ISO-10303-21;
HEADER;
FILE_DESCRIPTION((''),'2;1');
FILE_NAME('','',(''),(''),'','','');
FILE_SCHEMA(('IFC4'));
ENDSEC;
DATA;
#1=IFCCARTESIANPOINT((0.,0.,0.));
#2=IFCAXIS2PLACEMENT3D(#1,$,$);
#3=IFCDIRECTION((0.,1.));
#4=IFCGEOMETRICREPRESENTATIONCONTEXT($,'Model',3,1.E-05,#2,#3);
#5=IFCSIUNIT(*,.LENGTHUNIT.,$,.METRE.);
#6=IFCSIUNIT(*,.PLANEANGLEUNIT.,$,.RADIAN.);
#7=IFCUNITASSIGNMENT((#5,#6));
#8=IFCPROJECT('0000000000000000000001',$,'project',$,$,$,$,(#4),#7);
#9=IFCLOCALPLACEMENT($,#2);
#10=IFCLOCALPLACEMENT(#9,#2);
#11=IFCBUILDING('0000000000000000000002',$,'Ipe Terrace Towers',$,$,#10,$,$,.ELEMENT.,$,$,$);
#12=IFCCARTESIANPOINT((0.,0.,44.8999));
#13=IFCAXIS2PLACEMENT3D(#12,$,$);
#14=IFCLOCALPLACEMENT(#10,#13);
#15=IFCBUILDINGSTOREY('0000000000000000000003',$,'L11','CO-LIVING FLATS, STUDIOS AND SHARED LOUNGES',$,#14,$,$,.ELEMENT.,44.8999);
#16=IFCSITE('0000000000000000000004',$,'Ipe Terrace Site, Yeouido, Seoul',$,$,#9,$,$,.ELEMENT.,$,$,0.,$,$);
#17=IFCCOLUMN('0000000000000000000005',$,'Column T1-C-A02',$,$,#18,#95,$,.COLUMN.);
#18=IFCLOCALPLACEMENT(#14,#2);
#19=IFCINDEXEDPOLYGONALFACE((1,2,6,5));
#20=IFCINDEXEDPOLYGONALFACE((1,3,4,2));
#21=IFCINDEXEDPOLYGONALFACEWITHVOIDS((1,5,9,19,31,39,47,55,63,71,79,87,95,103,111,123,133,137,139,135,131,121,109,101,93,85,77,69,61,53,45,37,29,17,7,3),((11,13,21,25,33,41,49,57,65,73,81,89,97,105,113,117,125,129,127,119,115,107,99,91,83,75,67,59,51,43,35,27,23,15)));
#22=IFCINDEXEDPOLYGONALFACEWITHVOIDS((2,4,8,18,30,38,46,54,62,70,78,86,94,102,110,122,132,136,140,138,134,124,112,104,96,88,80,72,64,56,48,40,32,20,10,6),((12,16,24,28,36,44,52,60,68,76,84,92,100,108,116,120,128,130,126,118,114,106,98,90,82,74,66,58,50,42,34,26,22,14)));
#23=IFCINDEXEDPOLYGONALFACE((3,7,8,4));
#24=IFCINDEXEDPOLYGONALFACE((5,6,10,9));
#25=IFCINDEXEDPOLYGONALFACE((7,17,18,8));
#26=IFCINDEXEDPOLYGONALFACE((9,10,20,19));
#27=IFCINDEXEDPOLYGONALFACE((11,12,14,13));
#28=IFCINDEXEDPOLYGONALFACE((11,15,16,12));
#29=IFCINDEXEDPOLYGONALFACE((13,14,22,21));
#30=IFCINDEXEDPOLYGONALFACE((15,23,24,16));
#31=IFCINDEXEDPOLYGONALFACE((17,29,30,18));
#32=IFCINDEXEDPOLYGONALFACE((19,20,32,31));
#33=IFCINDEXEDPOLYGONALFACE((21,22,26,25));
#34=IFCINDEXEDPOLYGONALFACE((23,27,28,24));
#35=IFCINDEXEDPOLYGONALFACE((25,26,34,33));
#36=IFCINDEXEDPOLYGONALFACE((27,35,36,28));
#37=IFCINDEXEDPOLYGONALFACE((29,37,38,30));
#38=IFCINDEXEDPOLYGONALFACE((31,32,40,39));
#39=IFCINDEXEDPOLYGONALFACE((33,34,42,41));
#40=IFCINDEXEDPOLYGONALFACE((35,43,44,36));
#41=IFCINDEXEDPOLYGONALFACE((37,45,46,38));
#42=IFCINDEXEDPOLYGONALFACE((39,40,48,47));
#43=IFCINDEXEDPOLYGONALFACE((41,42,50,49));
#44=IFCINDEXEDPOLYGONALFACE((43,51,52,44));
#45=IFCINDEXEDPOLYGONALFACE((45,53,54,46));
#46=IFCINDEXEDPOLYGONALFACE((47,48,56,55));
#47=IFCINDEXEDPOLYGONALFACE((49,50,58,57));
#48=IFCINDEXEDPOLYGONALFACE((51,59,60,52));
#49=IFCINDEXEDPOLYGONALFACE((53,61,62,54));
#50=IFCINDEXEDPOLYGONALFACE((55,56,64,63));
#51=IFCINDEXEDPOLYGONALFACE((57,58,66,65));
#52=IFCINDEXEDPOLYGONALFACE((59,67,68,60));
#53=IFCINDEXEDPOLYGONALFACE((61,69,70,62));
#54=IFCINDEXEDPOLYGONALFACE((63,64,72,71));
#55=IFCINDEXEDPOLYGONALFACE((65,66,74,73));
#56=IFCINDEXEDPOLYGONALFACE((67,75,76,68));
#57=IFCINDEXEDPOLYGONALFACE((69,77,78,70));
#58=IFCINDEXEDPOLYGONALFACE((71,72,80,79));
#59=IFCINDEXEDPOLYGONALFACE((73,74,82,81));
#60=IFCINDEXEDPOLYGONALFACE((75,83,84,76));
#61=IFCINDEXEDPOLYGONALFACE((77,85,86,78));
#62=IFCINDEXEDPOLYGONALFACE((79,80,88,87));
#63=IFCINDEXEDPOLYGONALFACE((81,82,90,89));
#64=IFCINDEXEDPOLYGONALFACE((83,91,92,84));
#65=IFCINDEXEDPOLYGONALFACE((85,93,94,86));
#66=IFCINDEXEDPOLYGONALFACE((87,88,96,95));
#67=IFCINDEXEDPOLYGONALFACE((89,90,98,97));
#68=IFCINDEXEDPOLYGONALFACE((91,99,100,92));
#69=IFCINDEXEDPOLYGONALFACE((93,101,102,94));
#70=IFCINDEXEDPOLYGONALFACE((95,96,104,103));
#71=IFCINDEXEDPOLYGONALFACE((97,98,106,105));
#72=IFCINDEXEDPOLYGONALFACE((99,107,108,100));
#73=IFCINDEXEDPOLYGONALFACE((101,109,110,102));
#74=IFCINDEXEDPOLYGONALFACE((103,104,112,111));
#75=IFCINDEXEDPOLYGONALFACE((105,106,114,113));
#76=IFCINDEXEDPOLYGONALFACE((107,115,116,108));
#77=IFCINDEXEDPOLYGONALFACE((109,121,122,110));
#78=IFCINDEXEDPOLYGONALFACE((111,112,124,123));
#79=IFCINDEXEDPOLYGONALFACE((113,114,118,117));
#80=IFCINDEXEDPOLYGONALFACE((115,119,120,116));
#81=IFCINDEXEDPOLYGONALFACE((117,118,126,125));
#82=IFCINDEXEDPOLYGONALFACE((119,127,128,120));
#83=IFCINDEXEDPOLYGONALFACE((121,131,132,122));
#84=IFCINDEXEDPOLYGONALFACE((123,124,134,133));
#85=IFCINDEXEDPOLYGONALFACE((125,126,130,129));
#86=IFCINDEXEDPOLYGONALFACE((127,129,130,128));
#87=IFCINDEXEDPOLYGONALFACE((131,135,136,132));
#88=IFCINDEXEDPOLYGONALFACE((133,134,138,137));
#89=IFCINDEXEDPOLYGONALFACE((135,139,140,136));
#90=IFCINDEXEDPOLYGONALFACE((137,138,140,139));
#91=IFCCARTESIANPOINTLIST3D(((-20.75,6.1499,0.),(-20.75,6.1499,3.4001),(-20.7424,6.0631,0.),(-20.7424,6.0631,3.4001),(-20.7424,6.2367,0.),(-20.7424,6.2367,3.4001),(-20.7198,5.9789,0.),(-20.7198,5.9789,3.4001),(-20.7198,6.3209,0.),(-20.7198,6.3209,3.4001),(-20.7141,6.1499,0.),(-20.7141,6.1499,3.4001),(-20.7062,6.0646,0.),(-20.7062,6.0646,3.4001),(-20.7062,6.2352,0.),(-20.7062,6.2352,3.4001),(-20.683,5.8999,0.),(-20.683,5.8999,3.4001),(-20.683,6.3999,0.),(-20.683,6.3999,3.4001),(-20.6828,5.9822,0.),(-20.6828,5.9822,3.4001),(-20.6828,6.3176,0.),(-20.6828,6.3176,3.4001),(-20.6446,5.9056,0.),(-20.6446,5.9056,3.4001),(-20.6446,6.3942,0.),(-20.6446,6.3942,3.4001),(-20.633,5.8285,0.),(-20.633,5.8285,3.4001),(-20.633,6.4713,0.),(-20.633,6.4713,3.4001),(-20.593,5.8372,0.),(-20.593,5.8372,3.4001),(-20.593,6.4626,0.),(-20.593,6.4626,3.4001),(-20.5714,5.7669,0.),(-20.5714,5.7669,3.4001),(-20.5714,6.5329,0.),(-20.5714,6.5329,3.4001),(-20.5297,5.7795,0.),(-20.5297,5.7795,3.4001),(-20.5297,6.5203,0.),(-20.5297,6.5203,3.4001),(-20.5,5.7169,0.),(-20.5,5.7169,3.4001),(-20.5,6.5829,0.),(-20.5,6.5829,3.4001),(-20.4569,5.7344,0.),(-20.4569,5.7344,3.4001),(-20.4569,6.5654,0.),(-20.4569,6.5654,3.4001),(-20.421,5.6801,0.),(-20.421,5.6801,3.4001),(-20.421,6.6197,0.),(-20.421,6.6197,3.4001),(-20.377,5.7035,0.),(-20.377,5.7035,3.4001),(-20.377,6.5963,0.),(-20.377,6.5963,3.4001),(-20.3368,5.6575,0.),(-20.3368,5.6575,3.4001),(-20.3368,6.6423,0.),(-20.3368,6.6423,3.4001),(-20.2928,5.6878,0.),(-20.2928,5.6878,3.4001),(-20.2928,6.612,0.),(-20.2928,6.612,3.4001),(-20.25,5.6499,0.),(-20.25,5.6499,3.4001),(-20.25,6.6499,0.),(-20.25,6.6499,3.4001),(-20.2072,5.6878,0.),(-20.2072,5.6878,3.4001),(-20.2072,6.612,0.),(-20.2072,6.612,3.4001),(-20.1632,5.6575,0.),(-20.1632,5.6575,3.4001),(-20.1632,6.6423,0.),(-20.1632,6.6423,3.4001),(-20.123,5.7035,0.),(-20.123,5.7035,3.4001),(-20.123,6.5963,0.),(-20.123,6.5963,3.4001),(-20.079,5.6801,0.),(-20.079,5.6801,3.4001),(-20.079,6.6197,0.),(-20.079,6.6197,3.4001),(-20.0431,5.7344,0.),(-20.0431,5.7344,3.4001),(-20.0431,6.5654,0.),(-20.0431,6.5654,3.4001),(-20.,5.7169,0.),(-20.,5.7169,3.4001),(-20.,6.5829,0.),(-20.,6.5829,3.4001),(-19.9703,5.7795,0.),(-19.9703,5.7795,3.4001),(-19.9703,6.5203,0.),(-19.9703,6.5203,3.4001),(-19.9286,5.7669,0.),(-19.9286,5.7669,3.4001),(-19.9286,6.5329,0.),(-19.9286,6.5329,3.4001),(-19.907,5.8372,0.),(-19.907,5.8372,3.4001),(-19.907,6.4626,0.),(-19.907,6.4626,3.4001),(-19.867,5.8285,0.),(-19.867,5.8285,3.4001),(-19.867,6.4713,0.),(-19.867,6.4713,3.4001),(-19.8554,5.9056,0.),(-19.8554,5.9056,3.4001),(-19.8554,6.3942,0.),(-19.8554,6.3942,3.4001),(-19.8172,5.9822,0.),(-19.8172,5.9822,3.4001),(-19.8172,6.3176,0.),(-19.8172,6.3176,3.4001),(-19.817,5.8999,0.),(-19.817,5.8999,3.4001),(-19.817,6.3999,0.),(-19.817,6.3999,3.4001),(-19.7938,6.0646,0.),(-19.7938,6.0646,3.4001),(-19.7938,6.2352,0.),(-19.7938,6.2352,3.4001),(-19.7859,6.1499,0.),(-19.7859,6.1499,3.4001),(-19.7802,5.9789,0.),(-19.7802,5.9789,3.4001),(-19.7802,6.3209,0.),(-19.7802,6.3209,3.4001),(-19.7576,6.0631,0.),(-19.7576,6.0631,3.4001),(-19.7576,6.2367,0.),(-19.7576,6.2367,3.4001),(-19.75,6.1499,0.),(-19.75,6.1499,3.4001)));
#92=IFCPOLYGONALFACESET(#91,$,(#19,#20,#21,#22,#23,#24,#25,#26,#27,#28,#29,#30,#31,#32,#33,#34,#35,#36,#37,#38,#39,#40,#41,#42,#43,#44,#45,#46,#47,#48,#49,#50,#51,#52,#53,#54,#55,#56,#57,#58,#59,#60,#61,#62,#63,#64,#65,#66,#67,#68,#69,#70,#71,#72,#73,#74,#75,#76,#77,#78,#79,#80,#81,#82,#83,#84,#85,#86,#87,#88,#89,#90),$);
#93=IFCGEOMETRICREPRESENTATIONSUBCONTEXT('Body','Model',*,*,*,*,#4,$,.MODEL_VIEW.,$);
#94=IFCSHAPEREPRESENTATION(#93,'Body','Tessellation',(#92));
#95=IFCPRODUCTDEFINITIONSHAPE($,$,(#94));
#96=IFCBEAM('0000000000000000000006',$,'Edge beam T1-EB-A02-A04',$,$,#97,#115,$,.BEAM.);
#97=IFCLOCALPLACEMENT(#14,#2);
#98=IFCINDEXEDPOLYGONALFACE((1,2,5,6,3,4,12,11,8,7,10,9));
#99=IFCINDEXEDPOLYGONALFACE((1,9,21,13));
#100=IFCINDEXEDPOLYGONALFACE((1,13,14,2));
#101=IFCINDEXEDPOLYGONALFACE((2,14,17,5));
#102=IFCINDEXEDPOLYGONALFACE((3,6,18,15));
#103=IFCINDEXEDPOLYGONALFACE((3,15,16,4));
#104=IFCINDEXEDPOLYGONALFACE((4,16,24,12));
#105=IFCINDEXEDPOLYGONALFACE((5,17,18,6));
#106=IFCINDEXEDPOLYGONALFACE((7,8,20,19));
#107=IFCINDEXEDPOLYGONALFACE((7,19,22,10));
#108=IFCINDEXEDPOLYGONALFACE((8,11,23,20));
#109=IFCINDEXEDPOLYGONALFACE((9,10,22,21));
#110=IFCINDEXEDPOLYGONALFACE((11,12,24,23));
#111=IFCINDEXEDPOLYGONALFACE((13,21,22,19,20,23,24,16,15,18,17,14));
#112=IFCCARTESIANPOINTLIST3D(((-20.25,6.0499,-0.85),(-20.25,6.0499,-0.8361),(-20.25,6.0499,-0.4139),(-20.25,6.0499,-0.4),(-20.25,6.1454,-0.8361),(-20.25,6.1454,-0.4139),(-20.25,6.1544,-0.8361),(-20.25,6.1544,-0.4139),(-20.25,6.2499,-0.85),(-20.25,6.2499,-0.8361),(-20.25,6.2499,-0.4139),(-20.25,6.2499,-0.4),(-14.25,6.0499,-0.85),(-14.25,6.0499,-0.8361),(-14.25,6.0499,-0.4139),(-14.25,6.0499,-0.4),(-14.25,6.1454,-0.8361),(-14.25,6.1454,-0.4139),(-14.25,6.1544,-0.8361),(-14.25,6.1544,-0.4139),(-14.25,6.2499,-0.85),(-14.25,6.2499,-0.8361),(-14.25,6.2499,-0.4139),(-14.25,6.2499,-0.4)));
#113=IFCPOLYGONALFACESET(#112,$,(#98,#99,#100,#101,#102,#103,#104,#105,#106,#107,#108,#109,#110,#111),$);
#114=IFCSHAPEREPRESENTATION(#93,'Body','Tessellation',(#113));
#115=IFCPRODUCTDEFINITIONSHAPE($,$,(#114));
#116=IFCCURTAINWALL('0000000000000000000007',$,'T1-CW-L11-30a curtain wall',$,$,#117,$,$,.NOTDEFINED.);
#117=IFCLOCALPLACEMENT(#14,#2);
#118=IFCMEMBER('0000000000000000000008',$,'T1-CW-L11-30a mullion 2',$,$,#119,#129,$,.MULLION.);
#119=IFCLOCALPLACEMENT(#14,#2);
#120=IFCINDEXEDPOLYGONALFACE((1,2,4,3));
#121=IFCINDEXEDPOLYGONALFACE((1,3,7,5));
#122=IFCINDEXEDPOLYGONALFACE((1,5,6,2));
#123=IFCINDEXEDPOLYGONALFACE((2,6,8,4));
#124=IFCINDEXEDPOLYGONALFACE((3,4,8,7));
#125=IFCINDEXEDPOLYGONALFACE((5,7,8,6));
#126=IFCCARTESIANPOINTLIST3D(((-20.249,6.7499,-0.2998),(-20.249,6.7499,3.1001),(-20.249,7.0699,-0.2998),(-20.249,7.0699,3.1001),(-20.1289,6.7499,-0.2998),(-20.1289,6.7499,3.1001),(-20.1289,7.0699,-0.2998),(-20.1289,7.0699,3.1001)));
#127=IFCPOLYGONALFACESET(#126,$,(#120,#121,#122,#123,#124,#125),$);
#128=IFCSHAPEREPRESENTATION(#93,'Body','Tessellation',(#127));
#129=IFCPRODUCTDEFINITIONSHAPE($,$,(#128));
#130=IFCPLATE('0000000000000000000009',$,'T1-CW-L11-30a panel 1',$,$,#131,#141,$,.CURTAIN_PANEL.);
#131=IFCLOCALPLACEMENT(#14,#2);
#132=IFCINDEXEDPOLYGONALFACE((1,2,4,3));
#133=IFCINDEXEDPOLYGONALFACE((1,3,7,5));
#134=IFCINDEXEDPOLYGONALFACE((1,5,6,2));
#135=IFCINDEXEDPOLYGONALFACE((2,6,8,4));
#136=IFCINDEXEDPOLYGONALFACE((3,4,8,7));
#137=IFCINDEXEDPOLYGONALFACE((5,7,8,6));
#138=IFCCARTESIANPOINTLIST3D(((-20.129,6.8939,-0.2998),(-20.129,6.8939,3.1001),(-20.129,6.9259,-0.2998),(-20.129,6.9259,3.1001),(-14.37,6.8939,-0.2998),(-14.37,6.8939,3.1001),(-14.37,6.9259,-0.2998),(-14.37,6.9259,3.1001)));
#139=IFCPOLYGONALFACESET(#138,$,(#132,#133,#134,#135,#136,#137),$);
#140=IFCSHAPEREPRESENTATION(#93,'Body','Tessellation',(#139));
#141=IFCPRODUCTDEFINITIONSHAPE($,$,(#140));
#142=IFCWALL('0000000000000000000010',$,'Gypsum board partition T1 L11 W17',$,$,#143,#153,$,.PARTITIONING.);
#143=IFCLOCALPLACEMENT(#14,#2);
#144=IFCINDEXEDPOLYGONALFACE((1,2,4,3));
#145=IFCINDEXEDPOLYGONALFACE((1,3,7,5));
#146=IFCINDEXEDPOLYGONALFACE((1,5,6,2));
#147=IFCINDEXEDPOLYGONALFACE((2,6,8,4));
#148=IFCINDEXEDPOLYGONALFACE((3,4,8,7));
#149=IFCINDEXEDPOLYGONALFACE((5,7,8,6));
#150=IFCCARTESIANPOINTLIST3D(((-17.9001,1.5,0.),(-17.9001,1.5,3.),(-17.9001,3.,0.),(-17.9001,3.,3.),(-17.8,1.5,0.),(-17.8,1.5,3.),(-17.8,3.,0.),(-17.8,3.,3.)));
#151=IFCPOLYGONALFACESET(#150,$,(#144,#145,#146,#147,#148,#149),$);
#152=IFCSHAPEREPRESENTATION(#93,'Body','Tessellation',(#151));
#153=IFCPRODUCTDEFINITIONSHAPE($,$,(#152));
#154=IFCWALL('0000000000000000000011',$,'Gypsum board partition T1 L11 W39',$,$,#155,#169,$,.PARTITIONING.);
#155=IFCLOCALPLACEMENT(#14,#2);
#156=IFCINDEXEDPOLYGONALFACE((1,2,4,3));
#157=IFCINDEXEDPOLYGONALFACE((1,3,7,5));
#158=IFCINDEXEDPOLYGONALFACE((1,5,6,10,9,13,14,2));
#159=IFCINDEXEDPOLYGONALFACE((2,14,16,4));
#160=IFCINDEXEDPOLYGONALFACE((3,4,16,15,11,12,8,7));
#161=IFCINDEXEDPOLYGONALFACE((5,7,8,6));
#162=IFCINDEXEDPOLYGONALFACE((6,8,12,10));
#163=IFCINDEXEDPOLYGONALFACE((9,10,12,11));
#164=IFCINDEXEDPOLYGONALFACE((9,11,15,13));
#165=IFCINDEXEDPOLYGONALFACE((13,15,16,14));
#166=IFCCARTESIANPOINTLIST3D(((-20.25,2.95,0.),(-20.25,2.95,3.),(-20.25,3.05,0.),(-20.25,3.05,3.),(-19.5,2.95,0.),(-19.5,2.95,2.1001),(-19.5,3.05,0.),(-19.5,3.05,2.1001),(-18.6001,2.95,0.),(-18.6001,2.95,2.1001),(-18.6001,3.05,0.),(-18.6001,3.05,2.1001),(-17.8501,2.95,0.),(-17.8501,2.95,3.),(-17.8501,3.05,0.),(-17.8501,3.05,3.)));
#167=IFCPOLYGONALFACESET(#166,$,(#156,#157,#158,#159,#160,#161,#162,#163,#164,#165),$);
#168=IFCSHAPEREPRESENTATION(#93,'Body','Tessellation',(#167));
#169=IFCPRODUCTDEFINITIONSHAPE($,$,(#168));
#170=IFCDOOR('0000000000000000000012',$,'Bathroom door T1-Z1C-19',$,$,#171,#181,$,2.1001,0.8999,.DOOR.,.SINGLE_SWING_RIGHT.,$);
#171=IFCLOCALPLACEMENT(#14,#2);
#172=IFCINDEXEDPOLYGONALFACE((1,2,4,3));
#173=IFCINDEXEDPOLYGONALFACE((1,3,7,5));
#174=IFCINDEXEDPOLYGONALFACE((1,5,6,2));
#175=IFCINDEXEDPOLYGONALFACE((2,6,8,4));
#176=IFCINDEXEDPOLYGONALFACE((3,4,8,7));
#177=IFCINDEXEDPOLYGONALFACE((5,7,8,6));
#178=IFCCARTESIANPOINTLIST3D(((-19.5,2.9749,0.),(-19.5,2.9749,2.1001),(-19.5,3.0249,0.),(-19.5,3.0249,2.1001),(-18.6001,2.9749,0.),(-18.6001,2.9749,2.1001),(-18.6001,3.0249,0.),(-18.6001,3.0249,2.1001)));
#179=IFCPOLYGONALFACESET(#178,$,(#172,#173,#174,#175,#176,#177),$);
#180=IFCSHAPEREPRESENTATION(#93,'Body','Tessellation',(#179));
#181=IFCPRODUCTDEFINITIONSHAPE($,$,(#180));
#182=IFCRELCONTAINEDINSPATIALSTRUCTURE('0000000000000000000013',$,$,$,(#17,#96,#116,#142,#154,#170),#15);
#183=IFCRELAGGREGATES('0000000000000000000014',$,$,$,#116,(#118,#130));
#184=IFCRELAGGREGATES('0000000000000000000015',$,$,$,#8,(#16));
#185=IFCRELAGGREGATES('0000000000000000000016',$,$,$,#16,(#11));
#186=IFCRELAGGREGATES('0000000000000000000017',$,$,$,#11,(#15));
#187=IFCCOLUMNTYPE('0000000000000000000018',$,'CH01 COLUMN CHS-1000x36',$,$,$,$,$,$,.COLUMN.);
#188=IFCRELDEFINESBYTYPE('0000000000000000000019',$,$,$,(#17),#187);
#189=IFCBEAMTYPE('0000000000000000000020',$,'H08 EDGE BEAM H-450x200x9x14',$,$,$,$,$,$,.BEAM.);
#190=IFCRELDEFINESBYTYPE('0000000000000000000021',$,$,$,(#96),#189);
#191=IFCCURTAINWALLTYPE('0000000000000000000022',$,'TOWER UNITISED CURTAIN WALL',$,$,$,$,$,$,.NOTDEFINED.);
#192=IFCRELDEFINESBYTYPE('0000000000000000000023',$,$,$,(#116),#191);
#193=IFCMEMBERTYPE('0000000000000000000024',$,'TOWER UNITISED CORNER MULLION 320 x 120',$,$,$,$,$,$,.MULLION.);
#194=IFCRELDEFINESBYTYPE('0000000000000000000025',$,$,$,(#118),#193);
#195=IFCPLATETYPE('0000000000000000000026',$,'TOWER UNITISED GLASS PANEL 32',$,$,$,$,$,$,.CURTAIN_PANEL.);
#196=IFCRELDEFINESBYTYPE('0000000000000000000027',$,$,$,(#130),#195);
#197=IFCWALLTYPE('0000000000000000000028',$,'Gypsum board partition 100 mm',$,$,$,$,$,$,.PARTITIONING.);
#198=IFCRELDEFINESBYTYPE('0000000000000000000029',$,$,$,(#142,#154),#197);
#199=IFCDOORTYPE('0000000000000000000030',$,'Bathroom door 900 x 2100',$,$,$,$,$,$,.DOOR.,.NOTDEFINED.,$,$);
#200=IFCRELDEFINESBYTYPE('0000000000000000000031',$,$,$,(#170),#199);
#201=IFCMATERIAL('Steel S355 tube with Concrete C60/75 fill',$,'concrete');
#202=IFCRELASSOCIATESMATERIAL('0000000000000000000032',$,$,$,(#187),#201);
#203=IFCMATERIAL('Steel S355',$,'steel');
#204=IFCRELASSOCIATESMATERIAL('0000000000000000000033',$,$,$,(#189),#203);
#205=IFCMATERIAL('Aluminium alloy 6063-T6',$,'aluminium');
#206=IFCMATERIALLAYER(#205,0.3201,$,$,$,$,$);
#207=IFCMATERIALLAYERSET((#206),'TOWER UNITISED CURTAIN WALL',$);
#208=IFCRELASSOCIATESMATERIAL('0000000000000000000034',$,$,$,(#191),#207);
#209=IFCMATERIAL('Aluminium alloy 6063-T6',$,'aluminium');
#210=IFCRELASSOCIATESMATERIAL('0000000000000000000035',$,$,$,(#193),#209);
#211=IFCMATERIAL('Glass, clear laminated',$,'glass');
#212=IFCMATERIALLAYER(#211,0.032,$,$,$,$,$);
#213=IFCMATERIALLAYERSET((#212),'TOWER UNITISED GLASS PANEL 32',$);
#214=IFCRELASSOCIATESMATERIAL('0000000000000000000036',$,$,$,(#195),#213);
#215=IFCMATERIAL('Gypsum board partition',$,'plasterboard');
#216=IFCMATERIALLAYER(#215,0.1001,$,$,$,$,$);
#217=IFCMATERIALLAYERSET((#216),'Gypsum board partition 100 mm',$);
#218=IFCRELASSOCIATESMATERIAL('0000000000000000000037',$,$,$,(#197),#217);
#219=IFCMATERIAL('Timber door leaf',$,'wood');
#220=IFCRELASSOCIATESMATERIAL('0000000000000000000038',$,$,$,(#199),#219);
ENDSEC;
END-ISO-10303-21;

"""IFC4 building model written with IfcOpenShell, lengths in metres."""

from ifc_helpers import new_model, si_unit, direction, frame, frame_2d, origin, origin_2d, place, context, subcontext, project, spatial, rectangle, hollow_circle, i_section, extrude, material, layer, layer_set, material_profile, profile_set, type_object, element, fill, aggregate, save


model = new_model("IFC4")

# Units and contexts
model_context = context("Model", 3, precision=1e-05, world=origin(), true_north=direction((0.0, 1.0)))
body_context = subcontext(model_context, "Body", "Model", "MODEL_VIEW")
ifc_project = project(units=[si_unit("LENGTHUNIT", "METRE"), si_unit("PLANEANGLEUNIT", "RADIAN")], contexts=[model_context])

# Site, building, storey
site_placement = place(None, origin())
site = spatial("IfcSite", under=ifc_project, at=site_placement, Name="Ipe Terrace Site, Yeouido, Seoul", CompositionType="ELEMENT", RefElevation=0.0)
building_placement = place(site_placement, origin())
building = spatial("IfcBuilding", under=site, at=building_placement, Name="Ipe Terrace Towers", CompositionType="ELEMENT")
storey_placement = place(building_placement, frame((0.0, 0.0, 44.8999)))
storey = spatial("IfcBuildingStorey", under=building, at=storey_placement, Name="L11", Description="CO-LIVING FLATS, STUDIOS AND SHARED LOUNGES", CompositionType="ELEMENT", Elevation=44.8999)

# Column
ifc_material_1 = material(Name="Steel S355 tube with Concrete C60/75 fill", Category="concrete")
ifc_material_profile_1 = material_profile(ifc_material_1, hollow_circle(Radius=0.5, WallThickness=0.0359, at=origin_2d()), Name="CHS-1000x36")
ifc_profile_set_1 = profile_set([ifc_material_profile_1], Name="Steel S355 tube with Concrete C60/75 fill")
column_type = type_object("IfcColumnType", Name="CH01 COLUMN CHS-1000x36", PredefinedType="COLUMN", material=ifc_profile_set_1)
column_placement = place(storey_placement, frame((-20.25, 6.1499, 0.0), z_axis=(0.0, 0.0, 1.0), x_axis=(1.0, 0.0, 0.0)))
element("IfcColumn", 1, at=column_placement, inside=storey, type_object=column_type, Name="Column T1-C-A02", PredefinedType="COLUMN", context=body_context, shape_type="SweptSolid", body=[
    extrude(hollow_circle(Radius=0.5, WallThickness=0.0359, at=origin_2d()), origin(), (0.0, 0.0, 1.0), 3.4001),
])

# Beam
ifc_material_2 = material(Name="Steel S355", Category="steel")
ifc_material_profile_2 = material_profile(ifc_material_2, i_section(OverallWidth=0.2, OverallDepth=0.45, WebThickness=0.009, FlangeThickness=0.0139, at=origin_2d()), Name="H-450x200x9x14")
ifc_profile_set_2 = profile_set([ifc_material_profile_2], Name="Steel S355")
beam_type = type_object("IfcBeamType", Name="H08 EDGE BEAM H-450x200x9x14", PredefinedType="BEAM", material=ifc_profile_set_2)
beam_placement = place(storey_placement, frame((-20.25, 6.1499, -0.625), z_axis=(1.0, 0.0, 0.0), x_axis=(0.0, 1.0, 0.0)))
element("IfcBeam", 2, at=beam_placement, inside=storey, type_object=beam_type, Name="Edge beam T1-EB-A02-A04", PredefinedType="BEAM", context=body_context, shape_type="SweptSolid", body=[
    extrude(i_section(OverallWidth=0.2, OverallDepth=0.45, WebThickness=0.009, FlangeThickness=0.0139, at=origin_2d()), origin(), (0.0, 0.0, 1.0), 6.0),
])

# Curtain wall, member, plate
ifc_material_3 = material(Name="Aluminium alloy 6063-T6", Category="aluminium")
ifc_layer_1 = layer(ifc_material_3, 0.3201)
ifc_layer_set_1 = layer_set([ifc_layer_1], Name="TOWER UNITISED CURTAIN WALL")
curtain_wall_type = type_object("IfcCurtainWallType", Name="TOWER UNITISED CURTAIN WALL", PredefinedType="NOTDEFINED", material=ifc_layer_set_1)
curtain_wall_placement = place(storey_placement, origin())
curtain_wall = element("IfcCurtainWall", 3, at=curtain_wall_placement, inside=storey, type_object=curtain_wall_type, Name="T1-CW-L11-30a curtain wall", PredefinedType="NOTDEFINED")
ifc_material_4 = material(Name="Aluminium alloy 6063-T6", Category="aluminium")
ifc_material_profile_3 = material_profile(ifc_material_4, rectangle(XDim=0.3201, YDim=0.1201, at=origin_2d()), Name="TOWER UNITISED CORNER MULLION 320 x 120")
ifc_profile_set_3 = profile_set([ifc_material_profile_3], Name="Aluminium alloy 6063-T6")
member_type = type_object("IfcMemberType", Name="TOWER UNITISED CORNER MULLION 320 x 120", PredefinedType="MULLION", material=ifc_profile_set_3)
member_placement = place(storey_placement, frame((-20.189, 6.9099, -0.2998), z_axis=(0.0, 0.0, 1.0), x_axis=(0.0, 1.0, 0.0)))
member = element("IfcMember", 4, at=member_placement, type_object=member_type, Name="T1-CW-L11-30a mullion 2", PredefinedType="MULLION", context=body_context, shape_type="SweptSolid", body=[
    extrude(rectangle(XDim=0.3201, YDim=0.1201, at=origin_2d()), origin(), (0.0, 0.0, 1.0), 3.3999),
])
ifc_material_5 = material(Name="Glass, clear laminated", Category="glass")
ifc_layer_2 = layer(ifc_material_5, 0.032)
ifc_layer_set_2 = layer_set([ifc_layer_2], Name="TOWER UNITISED GLASS PANEL 32")
plate_type = type_object("IfcPlateType", Name="TOWER UNITISED GLASS PANEL 32", PredefinedType="CURTAIN_PANEL", material=ifc_layer_set_2)
plate_placement = place(storey_placement, frame((-17.2495, 6.9099, -0.2998), z_axis=(0.0, 0.0, 1.0), x_axis=(-1.0, 0.0, 0.0)))
plate = element("IfcPlate", 5, at=plate_placement, type_object=plate_type, Name="T1-CW-L11-30a panel 1", PredefinedType="CURTAIN_PANEL", context=body_context, shape_type="SweptSolid", body=[
    extrude(rectangle(XDim=5.759, YDim=0.032, at=origin_2d()), origin(), (0.0, 0.0, 1.0), 3.3999),
])
aggregate(curtain_wall, [member, plate])

# Wall
ifc_material_6 = material(Name="Gypsum board partition", Category="plasterboard")
ifc_layer_3 = layer(ifc_material_6, 0.1001)
ifc_layer_set_3 = layer_set([ifc_layer_3], Name="Gypsum board partition 100 mm")
wall_type_1 = type_object("IfcWallType", Name="Gypsum board partition 100 mm", PredefinedType="PARTITIONING", material=ifc_layer_set_3)
wall_1_placement = place(storey_placement, frame((-17.8501, 1.5, 0.0), z_axis=(0.0, 0.0, 1.0), x_axis=(0.0, 1.0, 0.0)))
element("IfcWall", 6, at=wall_1_placement, inside=storey, type_object=wall_type_1, Name="Gypsum board partition T1 L11 W17", PredefinedType="PARTITIONING", context=body_context, shape_type="SweptSolid", body=[
    extrude(rectangle(XDim=1.5, YDim=0.1001, at=frame_2d((0.75, 0.0))), origin(), (0.0, 0.0, 1.0), 3.0),
])

# Wall, opening, door
wall_2_placement = place(storey_placement, frame((-20.25, 3.0, 0.0), z_axis=(0.0, 0.0, 1.0), x_axis=(1.0, 0.0, 0.0)))
wall_2 = element("IfcWall", 7, at=wall_2_placement, inside=storey, type_object=wall_type_1, Name="Gypsum board partition T1 L11 W39", PredefinedType="PARTITIONING", context=body_context, shape_type="SweptSolid", body=[
    extrude(rectangle(XDim=2.3999, YDim=0.1001, at=frame_2d((1.2, 0.0))), origin(), (0.0, 0.0, 1.0), 3.0),
])
opening_1_placement = place(wall_2_placement, frame((0.75, 0.0, 0.0)))
opening_1 = element("IfcOpeningElement", 8, at=opening_1_placement, cuts=wall_2, PredefinedType="OPENING", context=body_context, shape_type="SweptSolid", body=[
    extrude(rectangle(XDim=0.8999, YDim=2.1001, at=frame_2d((0.45, 1.05))), frame((0.0, 0.0601, 0.0), z_axis=(0.0, -1.0, 0.0), x_axis=(1.0, 0.0, 0.0)), (0.0, 0.0, 1.0), 0.1201),
])
ifc_material_7 = material(Name="Timber door leaf", Category="wood")
door_type_1 = type_object("IfcDoorType", Name="Bathroom door 900 x 2100", OperationType="NOTDEFINED", PredefinedType="DOOR", material=ifc_material_7)
door_1_placement = place(opening_1_placement, origin())
door_1 = element("IfcDoor", 9, at=door_1_placement, inside=storey, type_object=door_type_1, Name="Bathroom door T1-Z1C-19", OperationType="SINGLE_SWING_RIGHT", OverallHeight=2.1001, OverallWidth=0.8999, PredefinedType="DOOR", context=body_context, shape_type="SweptSolid", body=[
    extrude(rectangle(XDim=0.8999, YDim=2.1001, at=frame_2d((0.45, 1.05))), frame((0.0, 0.0249, 0.0), z_axis=(0.0, -1.0, 0.0), x_axis=(1.0, 0.0, 0.0)), (0.0, 0.0, 1.0), 0.05),
])
fill(opening_1, door_1)

save(model, "model.ifc")
